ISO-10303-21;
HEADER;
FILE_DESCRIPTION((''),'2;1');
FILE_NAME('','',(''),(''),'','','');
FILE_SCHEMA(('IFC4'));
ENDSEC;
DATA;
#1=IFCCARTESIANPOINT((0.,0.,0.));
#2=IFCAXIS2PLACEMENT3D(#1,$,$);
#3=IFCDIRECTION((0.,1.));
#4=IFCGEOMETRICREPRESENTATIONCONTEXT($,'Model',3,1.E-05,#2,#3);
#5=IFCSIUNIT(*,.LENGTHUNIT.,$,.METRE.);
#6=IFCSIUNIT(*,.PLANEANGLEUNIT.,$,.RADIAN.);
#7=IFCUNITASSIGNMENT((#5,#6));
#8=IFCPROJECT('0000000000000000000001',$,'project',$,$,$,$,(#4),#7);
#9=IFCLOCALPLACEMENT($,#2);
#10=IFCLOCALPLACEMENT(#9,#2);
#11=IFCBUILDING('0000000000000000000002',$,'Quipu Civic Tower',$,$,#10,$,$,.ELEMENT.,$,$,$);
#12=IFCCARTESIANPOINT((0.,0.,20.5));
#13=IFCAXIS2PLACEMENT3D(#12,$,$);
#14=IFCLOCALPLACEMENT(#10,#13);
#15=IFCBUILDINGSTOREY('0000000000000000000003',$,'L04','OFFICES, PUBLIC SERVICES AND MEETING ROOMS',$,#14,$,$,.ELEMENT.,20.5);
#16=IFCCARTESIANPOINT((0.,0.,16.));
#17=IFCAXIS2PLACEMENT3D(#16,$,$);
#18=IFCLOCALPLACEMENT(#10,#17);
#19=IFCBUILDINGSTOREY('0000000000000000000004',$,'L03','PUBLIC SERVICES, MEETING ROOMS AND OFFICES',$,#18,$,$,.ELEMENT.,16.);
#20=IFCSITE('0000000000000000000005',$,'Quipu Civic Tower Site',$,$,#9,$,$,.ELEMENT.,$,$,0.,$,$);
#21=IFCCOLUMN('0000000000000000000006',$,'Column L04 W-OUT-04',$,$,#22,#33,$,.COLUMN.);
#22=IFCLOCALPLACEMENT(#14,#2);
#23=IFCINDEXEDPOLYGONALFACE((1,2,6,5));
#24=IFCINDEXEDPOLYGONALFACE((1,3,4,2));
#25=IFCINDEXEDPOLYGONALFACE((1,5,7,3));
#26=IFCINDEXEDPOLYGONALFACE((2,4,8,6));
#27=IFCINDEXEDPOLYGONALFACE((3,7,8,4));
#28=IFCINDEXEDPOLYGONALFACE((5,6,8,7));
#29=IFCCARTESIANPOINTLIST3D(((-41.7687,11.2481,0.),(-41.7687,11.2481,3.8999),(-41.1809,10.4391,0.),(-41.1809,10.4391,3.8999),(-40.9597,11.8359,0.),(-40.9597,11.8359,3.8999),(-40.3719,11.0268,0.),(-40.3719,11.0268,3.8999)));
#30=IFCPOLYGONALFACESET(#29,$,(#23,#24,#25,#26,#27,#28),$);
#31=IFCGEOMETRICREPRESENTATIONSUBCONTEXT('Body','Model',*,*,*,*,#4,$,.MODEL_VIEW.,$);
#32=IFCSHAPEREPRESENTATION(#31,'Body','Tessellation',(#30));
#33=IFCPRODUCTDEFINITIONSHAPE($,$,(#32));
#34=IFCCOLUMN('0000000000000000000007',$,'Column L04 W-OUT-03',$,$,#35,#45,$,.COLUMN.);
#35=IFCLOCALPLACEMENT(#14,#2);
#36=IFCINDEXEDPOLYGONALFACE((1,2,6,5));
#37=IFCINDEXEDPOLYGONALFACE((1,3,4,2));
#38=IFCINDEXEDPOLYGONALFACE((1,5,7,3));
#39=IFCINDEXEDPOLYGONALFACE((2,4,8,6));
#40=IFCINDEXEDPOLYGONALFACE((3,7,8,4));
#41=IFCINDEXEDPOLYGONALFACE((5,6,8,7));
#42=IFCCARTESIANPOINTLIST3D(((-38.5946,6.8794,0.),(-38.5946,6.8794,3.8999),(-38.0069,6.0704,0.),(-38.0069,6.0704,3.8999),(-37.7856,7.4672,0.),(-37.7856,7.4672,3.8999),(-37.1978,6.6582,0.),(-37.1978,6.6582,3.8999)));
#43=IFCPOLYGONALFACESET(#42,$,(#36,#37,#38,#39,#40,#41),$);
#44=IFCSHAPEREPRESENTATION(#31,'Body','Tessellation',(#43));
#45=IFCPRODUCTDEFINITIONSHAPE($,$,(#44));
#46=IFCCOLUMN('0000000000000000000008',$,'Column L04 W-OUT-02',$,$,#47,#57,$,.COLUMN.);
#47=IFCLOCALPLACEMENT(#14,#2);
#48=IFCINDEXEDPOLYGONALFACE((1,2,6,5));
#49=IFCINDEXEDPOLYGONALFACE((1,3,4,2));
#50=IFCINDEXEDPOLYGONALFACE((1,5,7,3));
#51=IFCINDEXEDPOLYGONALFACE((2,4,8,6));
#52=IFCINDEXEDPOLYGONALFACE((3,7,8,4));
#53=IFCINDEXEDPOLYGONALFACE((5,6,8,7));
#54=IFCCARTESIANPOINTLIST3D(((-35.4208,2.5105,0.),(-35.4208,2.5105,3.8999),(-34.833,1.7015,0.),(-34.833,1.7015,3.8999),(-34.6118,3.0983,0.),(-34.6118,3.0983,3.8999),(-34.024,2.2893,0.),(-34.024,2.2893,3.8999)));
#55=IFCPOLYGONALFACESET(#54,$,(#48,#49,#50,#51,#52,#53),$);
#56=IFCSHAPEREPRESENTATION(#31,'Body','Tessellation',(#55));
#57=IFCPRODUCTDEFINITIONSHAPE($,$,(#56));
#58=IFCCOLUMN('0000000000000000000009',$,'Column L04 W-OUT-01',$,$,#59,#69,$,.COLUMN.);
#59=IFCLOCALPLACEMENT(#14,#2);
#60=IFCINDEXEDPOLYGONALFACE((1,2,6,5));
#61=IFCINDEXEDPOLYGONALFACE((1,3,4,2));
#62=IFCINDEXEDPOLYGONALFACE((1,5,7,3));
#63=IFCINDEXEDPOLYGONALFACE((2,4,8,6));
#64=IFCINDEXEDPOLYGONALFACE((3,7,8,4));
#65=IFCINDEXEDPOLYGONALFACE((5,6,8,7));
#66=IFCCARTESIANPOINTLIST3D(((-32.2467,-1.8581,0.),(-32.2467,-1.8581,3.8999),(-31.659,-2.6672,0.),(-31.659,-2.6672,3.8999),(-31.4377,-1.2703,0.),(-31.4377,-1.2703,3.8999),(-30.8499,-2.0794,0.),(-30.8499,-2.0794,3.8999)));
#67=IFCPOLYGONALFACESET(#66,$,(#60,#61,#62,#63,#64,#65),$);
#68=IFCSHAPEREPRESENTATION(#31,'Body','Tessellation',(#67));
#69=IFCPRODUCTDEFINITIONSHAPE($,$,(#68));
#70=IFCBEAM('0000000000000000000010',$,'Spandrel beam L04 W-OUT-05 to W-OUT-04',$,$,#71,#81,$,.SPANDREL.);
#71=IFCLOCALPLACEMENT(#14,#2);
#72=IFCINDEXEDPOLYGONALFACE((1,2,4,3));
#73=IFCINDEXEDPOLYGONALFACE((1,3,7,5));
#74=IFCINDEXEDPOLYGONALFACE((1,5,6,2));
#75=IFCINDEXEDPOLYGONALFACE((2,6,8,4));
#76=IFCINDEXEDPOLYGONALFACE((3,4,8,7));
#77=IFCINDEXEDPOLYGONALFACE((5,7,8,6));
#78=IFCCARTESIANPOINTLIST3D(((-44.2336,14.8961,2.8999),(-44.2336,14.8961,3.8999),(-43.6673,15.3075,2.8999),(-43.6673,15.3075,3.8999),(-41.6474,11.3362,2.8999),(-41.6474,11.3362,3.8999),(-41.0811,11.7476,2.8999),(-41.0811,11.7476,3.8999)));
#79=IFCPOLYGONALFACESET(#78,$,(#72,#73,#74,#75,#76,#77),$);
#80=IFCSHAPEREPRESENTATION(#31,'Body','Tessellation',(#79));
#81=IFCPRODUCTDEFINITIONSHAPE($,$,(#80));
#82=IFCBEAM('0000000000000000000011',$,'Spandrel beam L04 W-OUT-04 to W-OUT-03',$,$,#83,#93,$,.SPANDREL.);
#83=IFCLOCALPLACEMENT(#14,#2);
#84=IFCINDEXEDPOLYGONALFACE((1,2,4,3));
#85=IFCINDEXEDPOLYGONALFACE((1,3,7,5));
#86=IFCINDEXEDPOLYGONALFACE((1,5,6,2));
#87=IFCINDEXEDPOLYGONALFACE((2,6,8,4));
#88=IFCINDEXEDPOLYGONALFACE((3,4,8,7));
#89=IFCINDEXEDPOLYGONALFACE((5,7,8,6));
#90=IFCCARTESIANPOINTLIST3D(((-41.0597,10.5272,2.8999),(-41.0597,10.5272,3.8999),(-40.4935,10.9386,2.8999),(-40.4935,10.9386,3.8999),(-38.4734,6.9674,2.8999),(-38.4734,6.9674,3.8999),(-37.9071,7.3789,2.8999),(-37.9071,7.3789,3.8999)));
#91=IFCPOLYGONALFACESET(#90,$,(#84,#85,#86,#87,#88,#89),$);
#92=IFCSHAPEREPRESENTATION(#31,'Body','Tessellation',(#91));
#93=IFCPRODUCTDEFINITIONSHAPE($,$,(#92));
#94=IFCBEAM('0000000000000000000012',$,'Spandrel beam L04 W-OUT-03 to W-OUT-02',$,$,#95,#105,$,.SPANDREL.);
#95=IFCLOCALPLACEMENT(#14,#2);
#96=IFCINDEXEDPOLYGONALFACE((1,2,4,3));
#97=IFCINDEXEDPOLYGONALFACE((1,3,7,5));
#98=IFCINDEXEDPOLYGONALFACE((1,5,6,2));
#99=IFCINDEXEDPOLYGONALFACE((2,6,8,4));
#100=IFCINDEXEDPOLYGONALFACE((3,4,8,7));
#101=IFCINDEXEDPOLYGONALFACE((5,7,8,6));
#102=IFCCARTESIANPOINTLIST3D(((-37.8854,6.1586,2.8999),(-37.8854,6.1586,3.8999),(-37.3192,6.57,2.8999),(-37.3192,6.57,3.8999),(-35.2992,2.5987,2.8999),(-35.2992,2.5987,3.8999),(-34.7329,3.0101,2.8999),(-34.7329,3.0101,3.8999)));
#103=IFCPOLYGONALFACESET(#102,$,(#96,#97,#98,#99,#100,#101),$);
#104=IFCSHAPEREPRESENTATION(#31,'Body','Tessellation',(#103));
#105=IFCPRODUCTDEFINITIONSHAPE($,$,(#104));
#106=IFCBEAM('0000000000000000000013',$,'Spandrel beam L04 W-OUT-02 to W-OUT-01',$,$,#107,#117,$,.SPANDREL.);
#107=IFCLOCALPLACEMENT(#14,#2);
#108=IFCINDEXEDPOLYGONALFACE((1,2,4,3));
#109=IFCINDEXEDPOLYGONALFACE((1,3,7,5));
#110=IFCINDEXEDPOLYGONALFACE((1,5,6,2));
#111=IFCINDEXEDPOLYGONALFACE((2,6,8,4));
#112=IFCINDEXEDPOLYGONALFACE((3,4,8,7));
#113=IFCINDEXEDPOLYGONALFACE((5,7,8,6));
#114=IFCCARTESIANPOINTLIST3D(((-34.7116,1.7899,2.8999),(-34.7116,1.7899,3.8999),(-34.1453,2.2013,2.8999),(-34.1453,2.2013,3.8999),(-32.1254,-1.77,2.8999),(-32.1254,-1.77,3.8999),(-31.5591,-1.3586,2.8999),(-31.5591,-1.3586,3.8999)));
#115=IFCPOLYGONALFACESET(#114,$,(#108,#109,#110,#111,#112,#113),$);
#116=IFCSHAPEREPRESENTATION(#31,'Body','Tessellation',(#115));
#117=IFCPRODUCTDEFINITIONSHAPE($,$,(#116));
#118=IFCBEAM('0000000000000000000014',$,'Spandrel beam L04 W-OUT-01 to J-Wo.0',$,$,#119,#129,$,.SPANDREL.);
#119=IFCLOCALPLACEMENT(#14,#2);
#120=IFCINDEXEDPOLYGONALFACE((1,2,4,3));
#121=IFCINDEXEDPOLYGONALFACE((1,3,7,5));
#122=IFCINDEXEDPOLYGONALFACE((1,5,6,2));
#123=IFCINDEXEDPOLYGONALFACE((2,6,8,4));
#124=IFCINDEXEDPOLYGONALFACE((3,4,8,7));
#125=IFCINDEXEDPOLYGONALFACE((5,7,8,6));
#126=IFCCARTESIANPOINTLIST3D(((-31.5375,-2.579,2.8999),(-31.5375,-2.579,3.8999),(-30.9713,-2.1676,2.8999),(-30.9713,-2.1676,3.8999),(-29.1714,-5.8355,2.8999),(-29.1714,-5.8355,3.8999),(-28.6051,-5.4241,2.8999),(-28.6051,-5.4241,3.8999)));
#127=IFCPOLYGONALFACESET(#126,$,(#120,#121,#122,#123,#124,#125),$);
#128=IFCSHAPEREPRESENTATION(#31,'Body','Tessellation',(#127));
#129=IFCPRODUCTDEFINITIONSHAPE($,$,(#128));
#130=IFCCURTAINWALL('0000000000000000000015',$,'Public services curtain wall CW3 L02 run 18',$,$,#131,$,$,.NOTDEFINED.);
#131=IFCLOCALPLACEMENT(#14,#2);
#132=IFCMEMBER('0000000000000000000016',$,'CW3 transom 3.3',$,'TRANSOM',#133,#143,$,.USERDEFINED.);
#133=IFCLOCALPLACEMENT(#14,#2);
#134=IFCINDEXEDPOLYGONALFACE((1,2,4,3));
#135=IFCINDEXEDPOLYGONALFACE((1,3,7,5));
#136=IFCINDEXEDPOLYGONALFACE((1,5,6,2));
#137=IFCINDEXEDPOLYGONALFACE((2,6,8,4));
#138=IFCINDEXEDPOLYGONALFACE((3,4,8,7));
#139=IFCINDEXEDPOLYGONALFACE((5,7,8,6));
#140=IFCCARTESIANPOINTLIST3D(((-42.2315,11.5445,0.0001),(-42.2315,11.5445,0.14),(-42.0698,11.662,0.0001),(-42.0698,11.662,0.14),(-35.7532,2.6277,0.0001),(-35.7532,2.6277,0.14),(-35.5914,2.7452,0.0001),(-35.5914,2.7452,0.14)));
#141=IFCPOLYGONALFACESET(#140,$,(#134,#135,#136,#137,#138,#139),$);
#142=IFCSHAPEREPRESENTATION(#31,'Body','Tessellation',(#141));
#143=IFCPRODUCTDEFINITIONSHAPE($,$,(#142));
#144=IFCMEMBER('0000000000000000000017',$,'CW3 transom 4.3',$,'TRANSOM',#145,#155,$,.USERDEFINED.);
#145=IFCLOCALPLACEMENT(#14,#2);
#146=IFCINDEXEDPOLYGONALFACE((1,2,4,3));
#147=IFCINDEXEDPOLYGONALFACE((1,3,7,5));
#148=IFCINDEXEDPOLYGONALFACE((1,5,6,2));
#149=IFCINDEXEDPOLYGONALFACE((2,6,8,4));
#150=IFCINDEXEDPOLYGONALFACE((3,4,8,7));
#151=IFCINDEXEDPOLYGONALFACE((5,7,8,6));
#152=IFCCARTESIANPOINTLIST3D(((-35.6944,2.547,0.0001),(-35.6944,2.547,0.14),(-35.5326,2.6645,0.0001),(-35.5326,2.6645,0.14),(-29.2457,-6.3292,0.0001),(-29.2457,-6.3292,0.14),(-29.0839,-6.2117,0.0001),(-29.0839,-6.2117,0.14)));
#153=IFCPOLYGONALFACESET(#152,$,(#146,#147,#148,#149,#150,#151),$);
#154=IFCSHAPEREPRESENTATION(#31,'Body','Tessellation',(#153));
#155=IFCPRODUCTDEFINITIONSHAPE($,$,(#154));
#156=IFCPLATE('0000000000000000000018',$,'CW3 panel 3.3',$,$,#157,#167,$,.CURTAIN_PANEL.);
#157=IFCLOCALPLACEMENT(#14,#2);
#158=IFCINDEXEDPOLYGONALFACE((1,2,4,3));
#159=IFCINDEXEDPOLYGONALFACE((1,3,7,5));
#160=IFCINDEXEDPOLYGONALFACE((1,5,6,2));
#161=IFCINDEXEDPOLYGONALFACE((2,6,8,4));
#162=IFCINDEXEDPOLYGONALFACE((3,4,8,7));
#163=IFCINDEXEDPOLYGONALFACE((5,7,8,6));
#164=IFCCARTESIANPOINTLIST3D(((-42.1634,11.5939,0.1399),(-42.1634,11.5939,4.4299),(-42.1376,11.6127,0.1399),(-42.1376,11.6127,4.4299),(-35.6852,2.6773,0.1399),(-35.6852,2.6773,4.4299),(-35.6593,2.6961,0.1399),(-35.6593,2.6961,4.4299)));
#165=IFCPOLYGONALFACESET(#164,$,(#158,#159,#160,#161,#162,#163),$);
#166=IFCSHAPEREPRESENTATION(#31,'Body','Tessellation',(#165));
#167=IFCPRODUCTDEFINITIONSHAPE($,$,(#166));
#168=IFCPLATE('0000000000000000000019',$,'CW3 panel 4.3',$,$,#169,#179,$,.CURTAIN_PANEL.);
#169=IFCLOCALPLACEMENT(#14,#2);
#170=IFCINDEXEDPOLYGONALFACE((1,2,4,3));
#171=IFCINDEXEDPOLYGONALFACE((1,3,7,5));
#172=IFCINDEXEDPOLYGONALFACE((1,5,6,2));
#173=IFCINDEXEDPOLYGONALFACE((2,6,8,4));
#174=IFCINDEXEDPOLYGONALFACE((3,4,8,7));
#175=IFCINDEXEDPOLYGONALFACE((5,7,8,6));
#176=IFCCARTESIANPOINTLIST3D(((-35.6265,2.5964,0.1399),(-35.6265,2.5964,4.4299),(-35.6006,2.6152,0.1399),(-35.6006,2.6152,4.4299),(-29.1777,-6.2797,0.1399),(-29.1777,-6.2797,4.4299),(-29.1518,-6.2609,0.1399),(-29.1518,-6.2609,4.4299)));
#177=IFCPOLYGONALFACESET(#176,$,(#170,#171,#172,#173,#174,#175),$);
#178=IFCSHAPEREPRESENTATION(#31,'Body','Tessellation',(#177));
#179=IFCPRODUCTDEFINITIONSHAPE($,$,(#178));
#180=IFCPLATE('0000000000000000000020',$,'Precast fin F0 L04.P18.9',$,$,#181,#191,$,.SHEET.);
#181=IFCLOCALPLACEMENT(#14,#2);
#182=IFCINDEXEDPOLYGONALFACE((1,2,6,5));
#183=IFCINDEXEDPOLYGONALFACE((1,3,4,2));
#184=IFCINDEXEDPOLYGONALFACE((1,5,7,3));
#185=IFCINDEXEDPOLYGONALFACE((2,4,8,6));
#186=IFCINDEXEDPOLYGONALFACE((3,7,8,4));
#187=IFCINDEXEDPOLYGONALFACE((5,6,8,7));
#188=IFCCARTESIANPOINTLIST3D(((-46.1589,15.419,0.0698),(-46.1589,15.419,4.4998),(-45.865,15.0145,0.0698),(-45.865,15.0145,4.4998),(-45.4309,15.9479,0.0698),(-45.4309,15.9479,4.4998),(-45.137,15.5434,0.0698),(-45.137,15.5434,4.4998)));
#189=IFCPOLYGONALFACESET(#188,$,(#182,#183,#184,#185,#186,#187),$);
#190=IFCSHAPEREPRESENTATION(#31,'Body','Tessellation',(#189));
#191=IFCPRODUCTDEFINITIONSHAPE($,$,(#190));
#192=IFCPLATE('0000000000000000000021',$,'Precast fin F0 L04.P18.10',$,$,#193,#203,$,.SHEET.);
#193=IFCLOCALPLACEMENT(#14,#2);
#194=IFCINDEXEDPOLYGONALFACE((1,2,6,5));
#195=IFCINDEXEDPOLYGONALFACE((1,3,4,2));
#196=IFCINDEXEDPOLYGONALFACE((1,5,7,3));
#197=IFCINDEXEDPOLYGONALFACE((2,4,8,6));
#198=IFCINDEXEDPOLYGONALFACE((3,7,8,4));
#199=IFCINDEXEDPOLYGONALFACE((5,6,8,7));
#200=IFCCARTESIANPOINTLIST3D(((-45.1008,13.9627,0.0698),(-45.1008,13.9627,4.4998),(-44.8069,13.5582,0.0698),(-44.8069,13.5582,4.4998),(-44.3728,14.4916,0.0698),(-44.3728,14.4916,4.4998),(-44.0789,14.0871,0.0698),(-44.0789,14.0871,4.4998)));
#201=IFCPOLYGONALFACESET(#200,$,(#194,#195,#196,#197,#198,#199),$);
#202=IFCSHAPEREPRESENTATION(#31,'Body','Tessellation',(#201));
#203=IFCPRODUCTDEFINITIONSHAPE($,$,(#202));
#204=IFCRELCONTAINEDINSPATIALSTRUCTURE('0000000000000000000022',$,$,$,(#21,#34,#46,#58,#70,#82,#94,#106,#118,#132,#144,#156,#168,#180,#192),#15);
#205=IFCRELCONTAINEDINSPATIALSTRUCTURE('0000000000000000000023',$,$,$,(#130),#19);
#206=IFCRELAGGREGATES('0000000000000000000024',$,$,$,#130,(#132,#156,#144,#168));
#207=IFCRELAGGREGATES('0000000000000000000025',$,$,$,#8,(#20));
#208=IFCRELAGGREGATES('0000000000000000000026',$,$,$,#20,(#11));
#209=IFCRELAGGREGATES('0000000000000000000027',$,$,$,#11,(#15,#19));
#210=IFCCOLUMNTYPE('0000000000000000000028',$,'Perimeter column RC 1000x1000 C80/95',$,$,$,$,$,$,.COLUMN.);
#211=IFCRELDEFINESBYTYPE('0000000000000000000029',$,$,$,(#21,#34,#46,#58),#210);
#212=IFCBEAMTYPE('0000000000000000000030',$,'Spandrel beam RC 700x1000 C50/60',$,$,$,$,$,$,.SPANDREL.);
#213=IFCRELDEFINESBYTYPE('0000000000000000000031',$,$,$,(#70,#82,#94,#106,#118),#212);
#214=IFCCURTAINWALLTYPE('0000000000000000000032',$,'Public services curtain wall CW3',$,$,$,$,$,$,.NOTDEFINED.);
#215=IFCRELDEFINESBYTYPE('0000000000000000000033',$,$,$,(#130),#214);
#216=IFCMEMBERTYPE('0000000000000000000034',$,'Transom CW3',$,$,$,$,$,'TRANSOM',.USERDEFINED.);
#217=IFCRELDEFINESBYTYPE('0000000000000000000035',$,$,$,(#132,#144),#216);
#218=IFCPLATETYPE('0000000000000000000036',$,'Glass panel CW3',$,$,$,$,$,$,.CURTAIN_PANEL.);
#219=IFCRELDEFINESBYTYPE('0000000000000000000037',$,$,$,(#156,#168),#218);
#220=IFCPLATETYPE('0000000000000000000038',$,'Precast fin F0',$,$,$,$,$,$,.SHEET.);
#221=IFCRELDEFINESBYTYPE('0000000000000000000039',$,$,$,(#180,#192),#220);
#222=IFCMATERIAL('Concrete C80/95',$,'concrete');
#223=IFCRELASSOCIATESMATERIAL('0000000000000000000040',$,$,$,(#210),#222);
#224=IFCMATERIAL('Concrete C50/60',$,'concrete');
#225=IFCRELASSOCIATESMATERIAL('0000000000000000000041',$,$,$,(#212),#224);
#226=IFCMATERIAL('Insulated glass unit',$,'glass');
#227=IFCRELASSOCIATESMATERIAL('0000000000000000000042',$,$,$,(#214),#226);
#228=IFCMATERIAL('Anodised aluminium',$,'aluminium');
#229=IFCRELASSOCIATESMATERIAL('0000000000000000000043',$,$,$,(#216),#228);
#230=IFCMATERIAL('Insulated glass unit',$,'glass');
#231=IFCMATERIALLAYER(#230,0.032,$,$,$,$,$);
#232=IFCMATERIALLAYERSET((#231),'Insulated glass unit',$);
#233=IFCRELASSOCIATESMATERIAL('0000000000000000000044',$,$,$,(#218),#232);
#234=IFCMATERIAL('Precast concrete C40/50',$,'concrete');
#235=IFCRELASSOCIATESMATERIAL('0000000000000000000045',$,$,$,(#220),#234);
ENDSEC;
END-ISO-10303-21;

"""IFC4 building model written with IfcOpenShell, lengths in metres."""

from ifc_helpers import new_model, si_unit, direction, frame, origin, origin_2d, place, context, subcontext, project, spatial, rectangle, extrude, material, layer, layer_set, material_profile, profile_set, type_object, element, aggregate, save


model = new_model("IFC4")

# Units and contexts
model_context = context("Model", 3, precision=1e-05, world=origin(), true_north=direction((0.0, 1.0)))
body_context = subcontext(model_context, "Body", "Model", "MODEL_VIEW")
ifc_project = project(units=[si_unit("LENGTHUNIT", "METRE"), si_unit("PLANEANGLEUNIT", "RADIAN")], contexts=[model_context])

# Site, building, storey
site_placement = place(None, origin())
site = spatial("IfcSite", under=ifc_project, at=site_placement, Name="Quipu Civic Tower Site", CompositionType="ELEMENT", RefElevation=0.0)
building_placement = place(site_placement, origin())
building = spatial("IfcBuilding", under=site, at=building_placement, Name="Quipu Civic Tower", CompositionType="ELEMENT")
storey_1_placement = place(building_placement, frame((0.0, 0.0, 20.5)))
storey_1 = spatial("IfcBuildingStorey", under=building, at=storey_1_placement, Name="L04", Description="OFFICES, PUBLIC SERVICES AND MEETING ROOMS", CompositionType="ELEMENT", Elevation=20.5)

# Columns
ifc_material_1 = material(Name="Concrete C80/95", Category="concrete")
ifc_material_profile_1 = material_profile(ifc_material_1, rectangle(XDim=1.0, YDim=1.0, at=origin_2d()), Name="RC1000x1000")
ifc_profile_set_1 = profile_set([ifc_material_profile_1], Name="Concrete C80/95")
column_type = type_object("IfcColumnType", Name="Perimeter column RC 1000x1000 C80/95", PredefinedType="COLUMN", material=ifc_profile_set_1)
for number, where, z_axis, x_axis, name in (
    (1, (-41.0703, 11.1375, 0.0), (0.0, 0.0, 1.0), (0.587785, -0.809017, 0.0), "Column L04 W-OUT-04"),
    (2, (-37.8962, 6.7688, 0.0), (0.0, 0.0, 1.0), (0.587785, -0.809017, 0.0), "Column L04 W-OUT-03"),
    (3, (-34.7224, 2.3999, 0.0), (0.0, 0.0, 1.0), (0.587785, -0.809017, 0.0), "Column L04 W-OUT-02"),
    (4, (-31.5483, -1.9688, 0.0), (0.0, 0.0, 1.0), (0.587785, -0.809017, 0.0), "Column L04 W-OUT-01"),
):
    element("IfcColumn", number, at=place(storey_1_placement, frame(where, z_axis=z_axis, x_axis=x_axis)), inside=storey_1, type_object=column_type, Name=name, PredefinedType="COLUMN", context=body_context, shape_type="SweptSolid", body=[
        extrude(rectangle(XDim=1.0, YDim=1.0, at=origin_2d()), origin(), (0.0, 0.0, 1.0), 3.8999),
    ])

# Beams
ifc_material_2 = material(Name="Concrete C50/60", Category="concrete")
ifc_material_profile_2 = material_profile(ifc_material_2, rectangle(XDim=0.7, YDim=1.0, at=origin_2d()), Name="RC700x1000")
ifc_profile_set_2 = profile_set([ifc_material_profile_2], Name="Concrete C50/60")
beam_type = type_object("IfcBeamType", Name="Spandrel beam RC 700x1000 C50/60", PredefinedType="SPANDREL", material=ifc_profile_set_2)
for number, where, z_axis, x_axis, name in (
    (5, (-43.9504, 15.1018, 3.3999), (0.587759, -0.809036, 0.0), (0.809036, 0.587759, 0.0), "Spandrel beam L04 W-OUT-05 to W-OUT-04"),
    (6, (-40.7766, 10.7329, 3.3999), (0.587796, -0.80901, 0.0), (0.80901, 0.587796, 0.0), "Spandrel beam L04 W-OUT-04 to W-OUT-03"),
    (7, (-37.6023, 6.3643, 3.3999), (0.587759, -0.809036, 0.0), (0.809036, 0.587759, 0.0), "Spandrel beam L04 W-OUT-03 to W-OUT-02"),
    (8, (-34.4285, 1.9956, 3.3999), (0.587759, -0.809036, 0.0), (0.809036, 0.587759, 0.0), "Spandrel beam L04 W-OUT-02 to W-OUT-01"),
):
    element("IfcBeam", number, at=place(storey_1_placement, frame(where, z_axis=z_axis, x_axis=x_axis)), inside=storey_1, type_object=beam_type, Name=name, PredefinedType="SPANDREL", context=body_context, shape_type="SweptSolid", body=[
        extrude(rectangle(XDim=0.7, YDim=1.0, at=origin_2d()), origin(), (0.0, 0.0, 1.0), 4.4001),
    ])
beam_placement = place(storey_1_placement, frame((-31.2544, -2.3733, 3.3999), z_axis=(0.587811, -0.808998, 0.0), x_axis=(0.808998, 0.587811, 0.0)))
element("IfcBeam", 9, at=beam_placement, inside=storey_1, type_object=beam_type, Name="Spandrel beam L04 W-OUT-01 to J-Wo.0", PredefinedType="SPANDREL", context=body_context, shape_type="SweptSolid", body=[
    extrude(rectangle(XDim=0.7, YDim=1.0, at=origin_2d()), origin(), (0.0, 0.0, 1.0), 4.0254),
])

# Shared definitions
storey_2_placement = place(building_placement, frame((0.0, 0.0, 16.0)))
storey_2 = spatial("IfcBuildingStorey", under=building, at=storey_2_placement, Name="L03", Description="PUBLIC SERVICES, MEETING ROOMS AND OFFICES", CompositionType="ELEMENT", Elevation=16.0)

# Curtain wall, members, plates
ifc_material_3 = material(Name="Insulated glass unit", Category="glass")
curtain_wall_type = type_object("IfcCurtainWallType", Name="Public services curtain wall CW3", PredefinedType="NOTDEFINED", material=ifc_material_3)
curtain_wall_placement = place(storey_2_placement, origin())
curtain_wall = element("IfcCurtainWall", 10, at=curtain_wall_placement, inside=storey_2, type_object=curtain_wall_type, Name="Public services curtain wall CW3 L02 run 18", PredefinedType="NOTDEFINED")
ifc_material_4 = material(Name="Anodised aluminium", Category="aluminium")
ifc_material_profile_3 = material_profile(ifc_material_4, rectangle(XDim=0.2, YDim=0.1399, at=origin_2d()), Name="RECT 200x140")
ifc_profile_set_3 = profile_set([ifc_material_profile_3], Name="Anodised aluminium")
member_type = type_object("IfcMemberType", Name="Transom CW3", ElementType="TRANSOM", PredefinedType="USERDEFINED", material=ifc_profile_set_3)
member_1_placement = place(storey_1_placement, frame((-42.1506, 11.6033, 0.0701), z_axis=(0.587778, -0.809022, 0.0), x_axis=(0.809022, 0.587778, 0.0)))
member_1 = element("IfcMember", 11, at=member_1_placement, inside=storey_1, type_object=member_type, Name="CW3 transom 3.3", ObjectType="TRANSOM", PredefinedType="USERDEFINED", context=body_context, shape_type="SweptSolid", body=[
    extrude(rectangle(XDim=0.2, YDim=0.1399, at=origin_2d()), origin(), (0.0, 0.0, 1.0), 11.0217),
])
member_2_placement = place(storey_1_placement, frame((-35.6135, 2.6057, 0.0701), z_axis=(0.587772, -0.809027, 0.0), x_axis=(0.809027, 0.587772, 0.0)))
member_2 = element("IfcMember", 12, at=member_2_placement, inside=storey_1, type_object=member_type, Name="CW3 transom 4.3", ObjectType="TRANSOM", PredefinedType="USERDEFINED", context=body_context, shape_type="SweptSolid", body=[
    extrude(rectangle(XDim=0.2, YDim=0.1399, at=origin_2d()), origin(), (0.0, 0.0, 1.0), 10.9714),
])
ifc_material_5 = material(Name="Insulated glass unit", Category="glass")
ifc_layer_1 = layer(ifc_material_5, 0.032)
ifc_layer_set_1 = layer_set([ifc_layer_1], Name="Insulated glass unit")
plate_type_1 = type_object("IfcPlateType", Name="Glass panel CW3", PredefinedType="CURTAIN_PANEL", material=ifc_layer_set_1)
plate_1_placement = place(storey_1_placement, frame((-38.9114, 7.145, 0.1399), z_axis=(0.0, 0.0, 1.0), x_axis=(0.587785, -0.809017, 0.0)))
plate_1 = element("IfcPlate", 13, at=plate_1_placement, inside=storey_1, type_object=plate_type_1, Name="CW3 panel 3.3", PredefinedType="CURTAIN_PANEL", context=body_context, shape_type="SweptSolid", body=[
    extrude(rectangle(XDim=11.0215, YDim=0.032, at=origin_2d()), origin(), (0.0, 0.0, 1.0), 4.29),
])
plate_2_placement = place(storey_1_placement, frame((-32.3892, -1.8323, 0.1399), z_axis=(0.0, 0.0, 1.0), x_axis=(0.587785, -0.809017, 0.0)))
plate_2 = element("IfcPlate", 14, at=plate_2_placement, inside=storey_1, type_object=plate_type_1, Name="CW3 panel 4.3", PredefinedType="CURTAIN_PANEL", context=body_context, shape_type="SweptSolid", body=[
    extrude(rectangle(XDim=10.9714, YDim=0.032, at=origin_2d()), origin(), (0.0, 0.0, 1.0), 4.29),
])
aggregate(curtain_wall, [member_1, plate_1, member_2, plate_2])

# Plates
ifc_material_6 = material(Name="Precast concrete C40/50", Category="concrete")
plate_type_2 = type_object("IfcPlateType", Name="Precast fin F0", PredefinedType="SHEET", material=ifc_material_6)
for number, where, z_axis, x_axis, name in (
    (15, (-45.6479, 15.4812, 0.0698), (0.0, 0.0, 1.0), (0.587786, -0.809017, 0.0), "Precast fin F0 L04.P18.9"),
    (16, (-44.5898, 14.0249, 0.0698), (0.0, 0.0, 1.0), (0.587786, -0.809017, 0.0), "Precast fin F0 L04.P18.10"),
):
    element("IfcPlate", number, at=place(storey_1_placement, frame(where, z_axis=z_axis, x_axis=x_axis)), inside=storey_1, type_object=plate_type_2, Name=name, PredefinedType="SHEET", context=body_context, shape_type="SweptSolid", body=[
        extrude(rectangle(XDim=0.5, YDim=0.8999, at=origin_2d()), origin(), (0.0, 0.0, 1.0), 4.4299),
    ])

save(model, "model.ifc")
